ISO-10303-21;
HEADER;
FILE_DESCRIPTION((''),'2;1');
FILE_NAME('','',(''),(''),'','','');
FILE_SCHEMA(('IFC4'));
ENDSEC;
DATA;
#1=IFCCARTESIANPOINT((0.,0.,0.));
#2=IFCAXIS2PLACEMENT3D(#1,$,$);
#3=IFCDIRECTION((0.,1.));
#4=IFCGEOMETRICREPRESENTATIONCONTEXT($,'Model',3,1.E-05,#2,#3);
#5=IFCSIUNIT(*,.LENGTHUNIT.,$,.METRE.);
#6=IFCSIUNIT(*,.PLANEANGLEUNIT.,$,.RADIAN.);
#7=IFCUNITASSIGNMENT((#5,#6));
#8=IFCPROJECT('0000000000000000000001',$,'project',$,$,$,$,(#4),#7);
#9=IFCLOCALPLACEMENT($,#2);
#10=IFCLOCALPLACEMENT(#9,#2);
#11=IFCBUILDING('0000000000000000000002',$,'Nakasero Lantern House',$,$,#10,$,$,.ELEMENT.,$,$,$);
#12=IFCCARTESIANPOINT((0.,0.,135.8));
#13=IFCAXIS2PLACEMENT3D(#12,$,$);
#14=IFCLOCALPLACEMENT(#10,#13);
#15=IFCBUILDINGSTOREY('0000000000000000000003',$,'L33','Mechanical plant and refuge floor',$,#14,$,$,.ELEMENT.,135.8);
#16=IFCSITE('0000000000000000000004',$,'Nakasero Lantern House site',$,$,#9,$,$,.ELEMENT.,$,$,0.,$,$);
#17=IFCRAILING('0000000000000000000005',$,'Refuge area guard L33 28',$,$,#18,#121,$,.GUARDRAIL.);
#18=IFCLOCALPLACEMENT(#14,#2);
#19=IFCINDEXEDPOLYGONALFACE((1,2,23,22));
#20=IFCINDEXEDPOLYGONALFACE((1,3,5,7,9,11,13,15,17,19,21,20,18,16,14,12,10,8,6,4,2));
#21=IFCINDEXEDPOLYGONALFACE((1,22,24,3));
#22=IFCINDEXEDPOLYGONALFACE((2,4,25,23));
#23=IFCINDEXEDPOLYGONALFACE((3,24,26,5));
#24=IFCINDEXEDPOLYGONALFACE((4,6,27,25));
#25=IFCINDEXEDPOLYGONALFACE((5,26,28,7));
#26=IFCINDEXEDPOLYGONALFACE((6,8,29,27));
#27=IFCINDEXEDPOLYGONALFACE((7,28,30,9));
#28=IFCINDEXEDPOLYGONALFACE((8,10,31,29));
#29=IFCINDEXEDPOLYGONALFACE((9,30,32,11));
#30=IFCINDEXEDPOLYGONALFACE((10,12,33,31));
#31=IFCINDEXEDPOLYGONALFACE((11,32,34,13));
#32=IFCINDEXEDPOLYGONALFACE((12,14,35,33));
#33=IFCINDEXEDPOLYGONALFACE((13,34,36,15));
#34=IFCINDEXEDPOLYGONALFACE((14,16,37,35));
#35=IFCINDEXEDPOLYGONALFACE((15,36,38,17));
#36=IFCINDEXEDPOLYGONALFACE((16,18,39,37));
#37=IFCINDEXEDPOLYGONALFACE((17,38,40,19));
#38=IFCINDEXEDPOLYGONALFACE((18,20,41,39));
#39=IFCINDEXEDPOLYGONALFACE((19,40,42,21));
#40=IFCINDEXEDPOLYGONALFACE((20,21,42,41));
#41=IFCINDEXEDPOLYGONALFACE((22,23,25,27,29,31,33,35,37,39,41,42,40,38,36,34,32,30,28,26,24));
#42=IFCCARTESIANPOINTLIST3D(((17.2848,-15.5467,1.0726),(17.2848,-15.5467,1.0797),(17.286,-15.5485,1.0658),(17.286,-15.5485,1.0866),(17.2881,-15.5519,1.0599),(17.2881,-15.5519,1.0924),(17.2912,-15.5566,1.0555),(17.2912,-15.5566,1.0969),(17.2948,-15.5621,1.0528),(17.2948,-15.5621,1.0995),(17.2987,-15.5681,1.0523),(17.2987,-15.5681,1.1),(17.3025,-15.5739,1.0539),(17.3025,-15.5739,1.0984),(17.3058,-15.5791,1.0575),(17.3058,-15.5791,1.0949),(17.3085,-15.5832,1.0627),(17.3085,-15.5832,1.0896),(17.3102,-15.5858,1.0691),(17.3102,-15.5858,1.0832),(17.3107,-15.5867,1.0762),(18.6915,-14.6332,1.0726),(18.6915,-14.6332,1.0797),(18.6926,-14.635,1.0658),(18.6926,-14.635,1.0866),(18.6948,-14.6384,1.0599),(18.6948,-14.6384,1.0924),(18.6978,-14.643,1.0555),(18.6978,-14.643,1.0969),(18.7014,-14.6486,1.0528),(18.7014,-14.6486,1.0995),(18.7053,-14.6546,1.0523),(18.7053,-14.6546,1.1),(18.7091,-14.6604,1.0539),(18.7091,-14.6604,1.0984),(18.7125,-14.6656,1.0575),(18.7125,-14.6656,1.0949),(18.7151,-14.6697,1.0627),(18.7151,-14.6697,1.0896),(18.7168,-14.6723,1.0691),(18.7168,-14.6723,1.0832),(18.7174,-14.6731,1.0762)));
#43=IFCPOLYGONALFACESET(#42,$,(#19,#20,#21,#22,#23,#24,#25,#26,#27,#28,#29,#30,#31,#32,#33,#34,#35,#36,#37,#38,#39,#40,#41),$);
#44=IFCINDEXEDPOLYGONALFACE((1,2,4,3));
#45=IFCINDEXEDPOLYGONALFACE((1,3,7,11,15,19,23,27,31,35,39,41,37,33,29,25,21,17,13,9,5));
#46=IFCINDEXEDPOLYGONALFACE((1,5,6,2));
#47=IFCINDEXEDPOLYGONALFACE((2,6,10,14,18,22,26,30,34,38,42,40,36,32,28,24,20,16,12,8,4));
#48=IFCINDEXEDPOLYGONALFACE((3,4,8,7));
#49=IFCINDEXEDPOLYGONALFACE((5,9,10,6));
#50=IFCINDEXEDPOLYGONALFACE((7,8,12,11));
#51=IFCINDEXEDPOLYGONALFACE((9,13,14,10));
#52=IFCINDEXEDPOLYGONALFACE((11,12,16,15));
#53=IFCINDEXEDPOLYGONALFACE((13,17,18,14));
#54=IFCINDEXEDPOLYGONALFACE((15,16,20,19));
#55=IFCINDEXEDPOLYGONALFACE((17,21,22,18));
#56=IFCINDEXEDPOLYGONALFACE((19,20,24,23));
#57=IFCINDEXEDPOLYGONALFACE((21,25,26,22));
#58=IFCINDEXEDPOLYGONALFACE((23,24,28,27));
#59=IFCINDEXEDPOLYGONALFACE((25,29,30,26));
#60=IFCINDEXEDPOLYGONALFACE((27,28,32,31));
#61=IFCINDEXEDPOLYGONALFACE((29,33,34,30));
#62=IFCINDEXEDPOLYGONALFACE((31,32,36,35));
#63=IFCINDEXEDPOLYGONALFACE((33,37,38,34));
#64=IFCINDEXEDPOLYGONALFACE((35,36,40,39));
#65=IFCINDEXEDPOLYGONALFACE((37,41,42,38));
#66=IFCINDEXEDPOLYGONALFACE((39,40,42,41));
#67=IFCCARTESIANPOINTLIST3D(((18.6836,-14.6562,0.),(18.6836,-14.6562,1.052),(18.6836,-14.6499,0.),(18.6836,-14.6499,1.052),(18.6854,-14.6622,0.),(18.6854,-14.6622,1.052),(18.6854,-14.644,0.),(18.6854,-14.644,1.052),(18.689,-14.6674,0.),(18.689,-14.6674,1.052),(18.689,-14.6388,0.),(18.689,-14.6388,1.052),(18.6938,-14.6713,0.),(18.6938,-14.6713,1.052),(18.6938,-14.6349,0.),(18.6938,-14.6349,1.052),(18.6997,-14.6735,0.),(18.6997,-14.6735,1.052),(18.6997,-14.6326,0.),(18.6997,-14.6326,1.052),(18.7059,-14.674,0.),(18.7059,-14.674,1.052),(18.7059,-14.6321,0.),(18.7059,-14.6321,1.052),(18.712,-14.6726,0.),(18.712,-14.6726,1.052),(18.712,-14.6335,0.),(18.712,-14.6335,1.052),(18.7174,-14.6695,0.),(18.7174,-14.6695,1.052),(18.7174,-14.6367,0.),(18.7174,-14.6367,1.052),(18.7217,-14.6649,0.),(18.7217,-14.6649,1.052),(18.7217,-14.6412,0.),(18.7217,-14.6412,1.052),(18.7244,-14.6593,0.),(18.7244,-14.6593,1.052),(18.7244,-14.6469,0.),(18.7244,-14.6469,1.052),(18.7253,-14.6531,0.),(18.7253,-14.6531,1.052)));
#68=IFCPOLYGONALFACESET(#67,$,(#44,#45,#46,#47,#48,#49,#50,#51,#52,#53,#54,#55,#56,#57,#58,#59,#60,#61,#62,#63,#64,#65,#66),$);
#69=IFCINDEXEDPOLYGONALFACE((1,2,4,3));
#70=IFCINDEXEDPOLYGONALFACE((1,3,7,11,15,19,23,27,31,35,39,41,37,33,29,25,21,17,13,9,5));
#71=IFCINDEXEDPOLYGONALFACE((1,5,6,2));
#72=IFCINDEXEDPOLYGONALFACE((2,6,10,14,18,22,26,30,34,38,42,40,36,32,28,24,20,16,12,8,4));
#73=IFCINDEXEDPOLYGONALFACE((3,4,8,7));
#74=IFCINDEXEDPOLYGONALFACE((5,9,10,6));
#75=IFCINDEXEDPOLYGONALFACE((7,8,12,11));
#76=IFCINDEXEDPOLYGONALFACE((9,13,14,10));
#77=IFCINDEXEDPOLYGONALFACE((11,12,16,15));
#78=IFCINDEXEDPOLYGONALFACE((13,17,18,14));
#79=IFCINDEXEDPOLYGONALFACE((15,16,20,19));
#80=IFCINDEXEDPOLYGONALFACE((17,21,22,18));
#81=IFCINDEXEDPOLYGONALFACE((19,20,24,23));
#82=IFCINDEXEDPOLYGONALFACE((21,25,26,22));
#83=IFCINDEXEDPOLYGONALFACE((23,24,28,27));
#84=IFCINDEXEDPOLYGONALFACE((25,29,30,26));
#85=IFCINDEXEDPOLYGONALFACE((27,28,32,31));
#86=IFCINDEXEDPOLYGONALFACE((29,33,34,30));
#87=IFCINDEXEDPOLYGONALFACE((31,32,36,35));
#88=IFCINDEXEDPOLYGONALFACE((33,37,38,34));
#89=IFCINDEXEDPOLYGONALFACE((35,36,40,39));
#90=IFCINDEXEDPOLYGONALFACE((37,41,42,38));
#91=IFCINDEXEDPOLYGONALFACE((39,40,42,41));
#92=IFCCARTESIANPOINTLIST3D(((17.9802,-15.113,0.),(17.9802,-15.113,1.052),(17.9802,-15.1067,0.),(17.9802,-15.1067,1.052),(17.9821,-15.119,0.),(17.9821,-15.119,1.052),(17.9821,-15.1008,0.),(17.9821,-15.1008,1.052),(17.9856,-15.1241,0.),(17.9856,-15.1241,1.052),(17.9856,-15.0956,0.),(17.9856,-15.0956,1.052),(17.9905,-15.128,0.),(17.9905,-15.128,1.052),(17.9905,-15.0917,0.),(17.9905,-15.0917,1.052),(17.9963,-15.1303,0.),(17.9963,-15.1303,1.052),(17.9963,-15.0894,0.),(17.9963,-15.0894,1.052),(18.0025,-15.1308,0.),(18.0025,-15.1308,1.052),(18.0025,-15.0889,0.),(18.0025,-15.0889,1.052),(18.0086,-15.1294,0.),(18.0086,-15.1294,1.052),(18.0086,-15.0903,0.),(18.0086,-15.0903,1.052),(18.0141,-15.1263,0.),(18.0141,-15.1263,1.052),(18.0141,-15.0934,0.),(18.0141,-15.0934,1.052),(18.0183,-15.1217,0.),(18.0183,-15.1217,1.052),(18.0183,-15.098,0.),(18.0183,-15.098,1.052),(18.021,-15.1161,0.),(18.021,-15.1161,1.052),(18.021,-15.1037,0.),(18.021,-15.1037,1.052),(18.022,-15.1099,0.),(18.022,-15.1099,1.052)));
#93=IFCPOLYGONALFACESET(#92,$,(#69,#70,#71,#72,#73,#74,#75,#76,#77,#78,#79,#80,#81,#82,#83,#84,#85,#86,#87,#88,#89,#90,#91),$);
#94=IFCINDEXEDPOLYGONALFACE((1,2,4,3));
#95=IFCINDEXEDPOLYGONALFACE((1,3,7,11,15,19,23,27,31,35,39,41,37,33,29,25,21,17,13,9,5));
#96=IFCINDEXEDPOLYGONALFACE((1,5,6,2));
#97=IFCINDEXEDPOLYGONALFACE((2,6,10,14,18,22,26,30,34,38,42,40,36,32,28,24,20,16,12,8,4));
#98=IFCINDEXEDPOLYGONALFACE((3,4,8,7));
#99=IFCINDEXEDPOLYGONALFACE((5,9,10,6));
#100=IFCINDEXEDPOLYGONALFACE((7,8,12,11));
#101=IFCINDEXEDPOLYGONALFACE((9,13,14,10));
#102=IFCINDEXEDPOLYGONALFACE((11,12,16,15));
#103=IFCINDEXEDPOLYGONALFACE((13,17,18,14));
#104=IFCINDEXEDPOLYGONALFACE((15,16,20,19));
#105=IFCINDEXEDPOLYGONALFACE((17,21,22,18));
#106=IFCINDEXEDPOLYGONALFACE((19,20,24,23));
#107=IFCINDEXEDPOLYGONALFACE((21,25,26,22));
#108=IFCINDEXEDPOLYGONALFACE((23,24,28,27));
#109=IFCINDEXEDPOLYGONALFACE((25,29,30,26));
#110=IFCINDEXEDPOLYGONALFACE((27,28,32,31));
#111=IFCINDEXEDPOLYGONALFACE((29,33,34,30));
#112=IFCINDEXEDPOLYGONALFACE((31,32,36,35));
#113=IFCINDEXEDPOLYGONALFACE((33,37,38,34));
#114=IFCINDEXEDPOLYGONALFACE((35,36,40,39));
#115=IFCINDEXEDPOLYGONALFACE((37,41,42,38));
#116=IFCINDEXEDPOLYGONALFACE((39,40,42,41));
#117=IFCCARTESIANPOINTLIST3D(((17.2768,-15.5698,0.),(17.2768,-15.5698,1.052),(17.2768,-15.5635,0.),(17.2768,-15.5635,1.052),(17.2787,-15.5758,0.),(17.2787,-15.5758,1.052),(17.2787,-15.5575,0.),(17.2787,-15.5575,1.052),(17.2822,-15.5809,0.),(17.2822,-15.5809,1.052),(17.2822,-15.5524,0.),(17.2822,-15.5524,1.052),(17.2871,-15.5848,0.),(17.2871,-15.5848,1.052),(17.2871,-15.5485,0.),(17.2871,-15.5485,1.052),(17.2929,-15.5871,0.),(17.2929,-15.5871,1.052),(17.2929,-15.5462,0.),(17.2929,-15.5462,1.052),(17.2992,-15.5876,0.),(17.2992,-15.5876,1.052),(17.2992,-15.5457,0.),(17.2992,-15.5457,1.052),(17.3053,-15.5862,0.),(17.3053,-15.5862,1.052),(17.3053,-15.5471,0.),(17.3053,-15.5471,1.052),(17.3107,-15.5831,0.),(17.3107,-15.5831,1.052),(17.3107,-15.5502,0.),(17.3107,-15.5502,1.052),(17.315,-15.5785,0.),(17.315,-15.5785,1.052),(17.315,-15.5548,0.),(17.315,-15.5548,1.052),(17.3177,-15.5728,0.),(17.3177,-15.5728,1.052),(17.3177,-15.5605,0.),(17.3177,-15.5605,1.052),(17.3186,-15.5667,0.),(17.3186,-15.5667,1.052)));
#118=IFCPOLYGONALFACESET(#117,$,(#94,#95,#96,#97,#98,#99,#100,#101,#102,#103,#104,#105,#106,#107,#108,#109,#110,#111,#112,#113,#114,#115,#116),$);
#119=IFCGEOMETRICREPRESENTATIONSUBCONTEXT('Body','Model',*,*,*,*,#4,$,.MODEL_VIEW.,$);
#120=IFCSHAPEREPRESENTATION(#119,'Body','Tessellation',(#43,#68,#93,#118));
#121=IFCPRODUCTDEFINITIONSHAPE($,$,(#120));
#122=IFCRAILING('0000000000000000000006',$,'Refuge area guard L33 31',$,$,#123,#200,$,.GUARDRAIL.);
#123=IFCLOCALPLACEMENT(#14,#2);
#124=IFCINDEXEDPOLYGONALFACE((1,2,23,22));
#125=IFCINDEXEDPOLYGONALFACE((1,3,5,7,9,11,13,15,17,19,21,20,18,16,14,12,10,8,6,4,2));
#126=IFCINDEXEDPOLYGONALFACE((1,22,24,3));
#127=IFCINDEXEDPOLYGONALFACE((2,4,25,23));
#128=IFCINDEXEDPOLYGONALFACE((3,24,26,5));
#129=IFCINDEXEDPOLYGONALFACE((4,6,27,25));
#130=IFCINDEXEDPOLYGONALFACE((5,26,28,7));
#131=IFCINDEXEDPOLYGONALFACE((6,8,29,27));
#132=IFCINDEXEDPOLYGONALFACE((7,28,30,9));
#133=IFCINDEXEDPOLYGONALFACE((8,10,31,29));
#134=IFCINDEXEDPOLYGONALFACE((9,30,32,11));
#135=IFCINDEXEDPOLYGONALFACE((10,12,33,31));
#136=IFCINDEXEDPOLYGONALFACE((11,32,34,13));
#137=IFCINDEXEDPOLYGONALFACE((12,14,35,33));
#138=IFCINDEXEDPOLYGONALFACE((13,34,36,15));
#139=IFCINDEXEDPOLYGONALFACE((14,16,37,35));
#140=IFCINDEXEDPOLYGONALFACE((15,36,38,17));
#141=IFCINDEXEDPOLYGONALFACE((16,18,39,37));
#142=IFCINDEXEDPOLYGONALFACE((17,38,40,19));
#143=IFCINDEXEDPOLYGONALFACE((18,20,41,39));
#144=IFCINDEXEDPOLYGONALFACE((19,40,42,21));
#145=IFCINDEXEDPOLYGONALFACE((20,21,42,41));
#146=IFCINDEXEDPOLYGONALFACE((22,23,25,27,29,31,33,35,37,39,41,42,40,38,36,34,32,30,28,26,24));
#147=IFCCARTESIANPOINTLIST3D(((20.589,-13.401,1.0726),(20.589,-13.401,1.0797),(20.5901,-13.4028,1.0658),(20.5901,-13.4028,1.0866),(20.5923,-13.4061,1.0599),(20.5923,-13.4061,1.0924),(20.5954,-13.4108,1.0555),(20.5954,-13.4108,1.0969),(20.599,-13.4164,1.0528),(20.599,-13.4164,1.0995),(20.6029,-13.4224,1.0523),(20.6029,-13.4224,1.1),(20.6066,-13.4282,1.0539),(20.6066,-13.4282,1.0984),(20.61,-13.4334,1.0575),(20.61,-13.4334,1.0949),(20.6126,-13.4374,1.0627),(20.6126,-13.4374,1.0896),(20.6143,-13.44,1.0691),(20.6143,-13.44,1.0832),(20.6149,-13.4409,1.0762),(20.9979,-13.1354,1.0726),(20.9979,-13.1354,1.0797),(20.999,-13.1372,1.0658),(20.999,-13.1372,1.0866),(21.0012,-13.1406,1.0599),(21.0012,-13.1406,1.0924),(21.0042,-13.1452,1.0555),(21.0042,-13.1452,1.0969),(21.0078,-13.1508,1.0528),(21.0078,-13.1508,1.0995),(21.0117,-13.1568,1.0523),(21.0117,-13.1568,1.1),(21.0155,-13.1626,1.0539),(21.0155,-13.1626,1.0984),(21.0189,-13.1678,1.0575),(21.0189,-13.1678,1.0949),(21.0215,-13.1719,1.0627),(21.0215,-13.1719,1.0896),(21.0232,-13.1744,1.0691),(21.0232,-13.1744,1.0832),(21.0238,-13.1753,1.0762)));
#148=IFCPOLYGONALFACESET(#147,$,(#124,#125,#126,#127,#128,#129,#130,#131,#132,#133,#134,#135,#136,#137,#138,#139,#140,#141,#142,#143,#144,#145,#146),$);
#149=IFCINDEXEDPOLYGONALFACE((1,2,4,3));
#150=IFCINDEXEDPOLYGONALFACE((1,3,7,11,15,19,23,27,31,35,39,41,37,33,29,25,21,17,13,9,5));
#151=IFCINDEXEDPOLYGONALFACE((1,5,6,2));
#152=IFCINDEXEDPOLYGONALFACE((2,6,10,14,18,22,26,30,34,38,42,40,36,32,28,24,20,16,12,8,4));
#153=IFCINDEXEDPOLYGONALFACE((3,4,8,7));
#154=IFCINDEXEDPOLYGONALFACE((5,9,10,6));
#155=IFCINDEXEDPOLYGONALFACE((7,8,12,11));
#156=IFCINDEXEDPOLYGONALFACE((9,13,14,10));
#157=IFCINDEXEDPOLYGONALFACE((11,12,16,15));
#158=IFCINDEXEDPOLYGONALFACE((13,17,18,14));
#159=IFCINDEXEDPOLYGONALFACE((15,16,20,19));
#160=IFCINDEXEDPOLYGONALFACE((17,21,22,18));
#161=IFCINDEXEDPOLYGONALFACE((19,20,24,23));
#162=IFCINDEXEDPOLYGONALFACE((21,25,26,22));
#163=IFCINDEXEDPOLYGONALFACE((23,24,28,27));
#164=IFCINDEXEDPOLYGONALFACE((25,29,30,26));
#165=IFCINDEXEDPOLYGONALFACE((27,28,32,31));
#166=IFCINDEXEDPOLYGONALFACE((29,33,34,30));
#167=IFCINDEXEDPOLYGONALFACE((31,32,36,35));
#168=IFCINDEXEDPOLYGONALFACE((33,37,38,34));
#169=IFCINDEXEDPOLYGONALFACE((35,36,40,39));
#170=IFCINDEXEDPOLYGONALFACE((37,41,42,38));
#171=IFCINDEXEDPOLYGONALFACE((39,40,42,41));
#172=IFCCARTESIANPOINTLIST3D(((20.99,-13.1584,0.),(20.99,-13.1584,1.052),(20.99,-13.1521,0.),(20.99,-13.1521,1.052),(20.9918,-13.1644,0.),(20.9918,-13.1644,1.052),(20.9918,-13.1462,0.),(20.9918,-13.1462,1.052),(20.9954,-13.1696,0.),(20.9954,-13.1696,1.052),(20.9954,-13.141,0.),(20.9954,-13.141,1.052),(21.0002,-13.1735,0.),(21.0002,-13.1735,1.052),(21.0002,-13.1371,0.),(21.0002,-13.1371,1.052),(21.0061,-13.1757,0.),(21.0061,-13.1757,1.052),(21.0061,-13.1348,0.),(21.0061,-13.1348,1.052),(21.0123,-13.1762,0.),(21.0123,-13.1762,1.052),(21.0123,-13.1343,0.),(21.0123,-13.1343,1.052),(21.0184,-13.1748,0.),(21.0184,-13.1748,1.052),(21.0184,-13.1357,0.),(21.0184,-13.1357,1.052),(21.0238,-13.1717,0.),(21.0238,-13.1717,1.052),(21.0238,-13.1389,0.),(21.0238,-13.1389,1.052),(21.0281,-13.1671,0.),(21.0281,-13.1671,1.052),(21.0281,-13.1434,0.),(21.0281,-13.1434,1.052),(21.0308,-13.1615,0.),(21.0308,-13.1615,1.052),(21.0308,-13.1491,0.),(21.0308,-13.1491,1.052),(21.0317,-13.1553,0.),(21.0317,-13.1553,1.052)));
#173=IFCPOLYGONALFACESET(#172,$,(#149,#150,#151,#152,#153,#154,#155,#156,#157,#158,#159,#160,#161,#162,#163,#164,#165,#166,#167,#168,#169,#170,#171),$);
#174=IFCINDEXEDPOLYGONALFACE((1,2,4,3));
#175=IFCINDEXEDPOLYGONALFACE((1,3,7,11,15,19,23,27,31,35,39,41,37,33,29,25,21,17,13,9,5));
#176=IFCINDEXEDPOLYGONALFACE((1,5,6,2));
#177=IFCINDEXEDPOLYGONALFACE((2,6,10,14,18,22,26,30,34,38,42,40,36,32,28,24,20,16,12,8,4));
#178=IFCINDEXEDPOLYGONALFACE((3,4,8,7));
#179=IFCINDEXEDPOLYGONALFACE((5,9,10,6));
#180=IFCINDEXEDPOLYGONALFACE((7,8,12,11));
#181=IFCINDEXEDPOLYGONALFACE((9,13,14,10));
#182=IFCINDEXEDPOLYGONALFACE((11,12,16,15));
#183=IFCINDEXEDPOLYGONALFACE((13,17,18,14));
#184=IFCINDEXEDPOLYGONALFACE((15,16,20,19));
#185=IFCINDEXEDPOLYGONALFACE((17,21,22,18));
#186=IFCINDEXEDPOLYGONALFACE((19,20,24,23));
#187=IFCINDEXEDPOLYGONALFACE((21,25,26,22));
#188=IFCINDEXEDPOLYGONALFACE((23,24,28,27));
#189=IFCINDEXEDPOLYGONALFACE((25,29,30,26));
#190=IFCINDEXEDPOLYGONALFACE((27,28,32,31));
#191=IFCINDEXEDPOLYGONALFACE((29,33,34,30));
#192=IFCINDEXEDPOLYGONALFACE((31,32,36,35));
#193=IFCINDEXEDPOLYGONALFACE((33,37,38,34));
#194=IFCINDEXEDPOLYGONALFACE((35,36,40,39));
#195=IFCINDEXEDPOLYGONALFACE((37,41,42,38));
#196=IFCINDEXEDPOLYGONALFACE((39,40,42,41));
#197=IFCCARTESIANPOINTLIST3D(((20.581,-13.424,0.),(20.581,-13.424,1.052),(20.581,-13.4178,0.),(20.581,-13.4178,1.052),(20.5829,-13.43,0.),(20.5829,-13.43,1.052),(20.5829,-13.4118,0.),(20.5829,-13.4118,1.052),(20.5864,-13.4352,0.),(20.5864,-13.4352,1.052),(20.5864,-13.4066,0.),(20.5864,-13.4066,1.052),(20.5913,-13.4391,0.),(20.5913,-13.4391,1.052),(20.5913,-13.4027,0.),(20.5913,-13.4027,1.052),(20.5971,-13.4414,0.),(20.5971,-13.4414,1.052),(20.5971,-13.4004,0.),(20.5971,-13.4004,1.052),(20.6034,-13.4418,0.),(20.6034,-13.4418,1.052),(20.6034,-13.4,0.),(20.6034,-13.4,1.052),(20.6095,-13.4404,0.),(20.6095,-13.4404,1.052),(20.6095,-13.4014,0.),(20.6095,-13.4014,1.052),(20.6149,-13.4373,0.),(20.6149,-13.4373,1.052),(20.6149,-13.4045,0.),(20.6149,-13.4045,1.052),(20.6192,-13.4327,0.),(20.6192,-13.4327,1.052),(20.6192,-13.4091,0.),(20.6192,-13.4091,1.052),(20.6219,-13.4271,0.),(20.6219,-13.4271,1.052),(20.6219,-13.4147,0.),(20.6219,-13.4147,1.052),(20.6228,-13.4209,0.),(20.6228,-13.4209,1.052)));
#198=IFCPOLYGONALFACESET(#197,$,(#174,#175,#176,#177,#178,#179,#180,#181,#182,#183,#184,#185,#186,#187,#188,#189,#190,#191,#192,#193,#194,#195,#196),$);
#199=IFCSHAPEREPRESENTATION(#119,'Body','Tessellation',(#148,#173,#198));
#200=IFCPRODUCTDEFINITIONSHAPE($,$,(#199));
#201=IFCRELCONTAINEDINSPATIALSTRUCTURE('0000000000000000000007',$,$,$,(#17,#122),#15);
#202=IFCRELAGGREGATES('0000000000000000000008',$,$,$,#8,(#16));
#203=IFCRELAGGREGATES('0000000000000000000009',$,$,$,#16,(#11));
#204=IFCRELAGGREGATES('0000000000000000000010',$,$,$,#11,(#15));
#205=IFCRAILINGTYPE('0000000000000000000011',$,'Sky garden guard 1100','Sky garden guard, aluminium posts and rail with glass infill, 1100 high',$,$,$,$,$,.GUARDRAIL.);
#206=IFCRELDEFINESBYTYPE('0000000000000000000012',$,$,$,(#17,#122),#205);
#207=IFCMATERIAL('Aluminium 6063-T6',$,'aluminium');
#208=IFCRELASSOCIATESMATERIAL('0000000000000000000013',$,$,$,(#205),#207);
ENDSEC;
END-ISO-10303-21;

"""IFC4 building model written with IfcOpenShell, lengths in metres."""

from ifc_helpers import new_model, si_unit, direction, frame, origin, origin_2d, place, context, subcontext, project, spatial, circle, extrude, material, type_object, element, save


model = new_model("IFC4")

# Units and contexts
model_context = context("Model", 3, precision=1e-05, world=origin(), true_north=direction((0.0, 1.0)))
body_context = subcontext(model_context, "Body", "Model", "MODEL_VIEW")
ifc_project = project(units=[si_unit("LENGTHUNIT", "METRE"), si_unit("PLANEANGLEUNIT", "RADIAN")], contexts=[model_context])

# Site, building, storey
site_placement = place(None, origin())
site = spatial("IfcSite", under=ifc_project, at=site_placement, Name="Nakasero Lantern House site", CompositionType="ELEMENT", RefElevation=0.0)
building_placement = place(site_placement, origin())
building = spatial("IfcBuilding", under=site, at=building_placement, Name="Nakasero Lantern House", CompositionType="ELEMENT")
storey_placement = place(building_placement, frame((0.0, 0.0, 135.8)))
storey = spatial("IfcBuildingStorey", under=building, at=storey_placement, Name="L33", Description="Mechanical plant and refuge floor", CompositionType="ELEMENT", Elevation=135.8)

# Railings
ifc_material_1 = material(Name="Aluminium 6063-T6", Category="aluminium")
railing_type = type_object("IfcRailingType", Name="Sky garden guard 1100", Description="Sky garden guard, aluminium posts and rail with glass infill, 1100 high", PredefinedType="GUARDRAIL", material=ifc_material_1)
railing_1_placement = place(storey_placement, frame((18.7043, -14.6531, 0.0)))
element("IfcRailing", 1, at=railing_1_placement, inside=storey, type_object=railing_type, Name="Refuge area guard L33 28", PredefinedType="GUARDRAIL", context=body_context, shape_type="SweptSolid", body=[
    extrude(circle(Radius=0.0239, at=origin_2d()), frame((0.0, 0.0, 1.0762), z_axis=(-0.838663, -0.544651, 0.0), x_axis=(0.544651, -0.838663, 0.0)), (0.0, 0.0, 1.0), 1.6772),
    extrude(circle(Radius=0.021, at=origin_2d()), origin(), (0.0, 0.0, 1.0), 1.052),
    extrude(circle(Radius=0.021, at=origin_2d()), frame((-0.7034, -0.4568, 0.0)), (0.0, 0.0, 1.0), 1.052),
    extrude(circle(Radius=0.021, at=origin_2d()), frame((-1.4067, -0.9136, 0.0)), (0.0, 0.0, 1.0), 1.052),
])
railing_2_placement = place(storey_placement, frame((21.0107, -13.1553, 0.0)))
element("IfcRailing", 2, at=railing_2_placement, inside=storey, type_object=railing_type, Name="Refuge area guard L33 31", PredefinedType="GUARDRAIL", context=body_context, shape_type="SweptSolid", body=[
    extrude(circle(Radius=0.0239, at=origin_2d()), frame((0.0, 0.0, 1.0762), z_axis=(-0.838615, -0.544724, 0.0), x_axis=(0.544724, -0.838615, 0.0)), (0.0, 0.0, 1.0), 0.4875),
    extrude(circle(Radius=0.021, at=origin_2d()), origin(), (0.0, 0.0, 1.0), 1.052),
    extrude(circle(Radius=0.021, at=origin_2d()), frame((-0.4089, -0.2656, 0.0)), (0.0, 0.0, 1.0), 1.052),
])

save(model, "model.ifc")
